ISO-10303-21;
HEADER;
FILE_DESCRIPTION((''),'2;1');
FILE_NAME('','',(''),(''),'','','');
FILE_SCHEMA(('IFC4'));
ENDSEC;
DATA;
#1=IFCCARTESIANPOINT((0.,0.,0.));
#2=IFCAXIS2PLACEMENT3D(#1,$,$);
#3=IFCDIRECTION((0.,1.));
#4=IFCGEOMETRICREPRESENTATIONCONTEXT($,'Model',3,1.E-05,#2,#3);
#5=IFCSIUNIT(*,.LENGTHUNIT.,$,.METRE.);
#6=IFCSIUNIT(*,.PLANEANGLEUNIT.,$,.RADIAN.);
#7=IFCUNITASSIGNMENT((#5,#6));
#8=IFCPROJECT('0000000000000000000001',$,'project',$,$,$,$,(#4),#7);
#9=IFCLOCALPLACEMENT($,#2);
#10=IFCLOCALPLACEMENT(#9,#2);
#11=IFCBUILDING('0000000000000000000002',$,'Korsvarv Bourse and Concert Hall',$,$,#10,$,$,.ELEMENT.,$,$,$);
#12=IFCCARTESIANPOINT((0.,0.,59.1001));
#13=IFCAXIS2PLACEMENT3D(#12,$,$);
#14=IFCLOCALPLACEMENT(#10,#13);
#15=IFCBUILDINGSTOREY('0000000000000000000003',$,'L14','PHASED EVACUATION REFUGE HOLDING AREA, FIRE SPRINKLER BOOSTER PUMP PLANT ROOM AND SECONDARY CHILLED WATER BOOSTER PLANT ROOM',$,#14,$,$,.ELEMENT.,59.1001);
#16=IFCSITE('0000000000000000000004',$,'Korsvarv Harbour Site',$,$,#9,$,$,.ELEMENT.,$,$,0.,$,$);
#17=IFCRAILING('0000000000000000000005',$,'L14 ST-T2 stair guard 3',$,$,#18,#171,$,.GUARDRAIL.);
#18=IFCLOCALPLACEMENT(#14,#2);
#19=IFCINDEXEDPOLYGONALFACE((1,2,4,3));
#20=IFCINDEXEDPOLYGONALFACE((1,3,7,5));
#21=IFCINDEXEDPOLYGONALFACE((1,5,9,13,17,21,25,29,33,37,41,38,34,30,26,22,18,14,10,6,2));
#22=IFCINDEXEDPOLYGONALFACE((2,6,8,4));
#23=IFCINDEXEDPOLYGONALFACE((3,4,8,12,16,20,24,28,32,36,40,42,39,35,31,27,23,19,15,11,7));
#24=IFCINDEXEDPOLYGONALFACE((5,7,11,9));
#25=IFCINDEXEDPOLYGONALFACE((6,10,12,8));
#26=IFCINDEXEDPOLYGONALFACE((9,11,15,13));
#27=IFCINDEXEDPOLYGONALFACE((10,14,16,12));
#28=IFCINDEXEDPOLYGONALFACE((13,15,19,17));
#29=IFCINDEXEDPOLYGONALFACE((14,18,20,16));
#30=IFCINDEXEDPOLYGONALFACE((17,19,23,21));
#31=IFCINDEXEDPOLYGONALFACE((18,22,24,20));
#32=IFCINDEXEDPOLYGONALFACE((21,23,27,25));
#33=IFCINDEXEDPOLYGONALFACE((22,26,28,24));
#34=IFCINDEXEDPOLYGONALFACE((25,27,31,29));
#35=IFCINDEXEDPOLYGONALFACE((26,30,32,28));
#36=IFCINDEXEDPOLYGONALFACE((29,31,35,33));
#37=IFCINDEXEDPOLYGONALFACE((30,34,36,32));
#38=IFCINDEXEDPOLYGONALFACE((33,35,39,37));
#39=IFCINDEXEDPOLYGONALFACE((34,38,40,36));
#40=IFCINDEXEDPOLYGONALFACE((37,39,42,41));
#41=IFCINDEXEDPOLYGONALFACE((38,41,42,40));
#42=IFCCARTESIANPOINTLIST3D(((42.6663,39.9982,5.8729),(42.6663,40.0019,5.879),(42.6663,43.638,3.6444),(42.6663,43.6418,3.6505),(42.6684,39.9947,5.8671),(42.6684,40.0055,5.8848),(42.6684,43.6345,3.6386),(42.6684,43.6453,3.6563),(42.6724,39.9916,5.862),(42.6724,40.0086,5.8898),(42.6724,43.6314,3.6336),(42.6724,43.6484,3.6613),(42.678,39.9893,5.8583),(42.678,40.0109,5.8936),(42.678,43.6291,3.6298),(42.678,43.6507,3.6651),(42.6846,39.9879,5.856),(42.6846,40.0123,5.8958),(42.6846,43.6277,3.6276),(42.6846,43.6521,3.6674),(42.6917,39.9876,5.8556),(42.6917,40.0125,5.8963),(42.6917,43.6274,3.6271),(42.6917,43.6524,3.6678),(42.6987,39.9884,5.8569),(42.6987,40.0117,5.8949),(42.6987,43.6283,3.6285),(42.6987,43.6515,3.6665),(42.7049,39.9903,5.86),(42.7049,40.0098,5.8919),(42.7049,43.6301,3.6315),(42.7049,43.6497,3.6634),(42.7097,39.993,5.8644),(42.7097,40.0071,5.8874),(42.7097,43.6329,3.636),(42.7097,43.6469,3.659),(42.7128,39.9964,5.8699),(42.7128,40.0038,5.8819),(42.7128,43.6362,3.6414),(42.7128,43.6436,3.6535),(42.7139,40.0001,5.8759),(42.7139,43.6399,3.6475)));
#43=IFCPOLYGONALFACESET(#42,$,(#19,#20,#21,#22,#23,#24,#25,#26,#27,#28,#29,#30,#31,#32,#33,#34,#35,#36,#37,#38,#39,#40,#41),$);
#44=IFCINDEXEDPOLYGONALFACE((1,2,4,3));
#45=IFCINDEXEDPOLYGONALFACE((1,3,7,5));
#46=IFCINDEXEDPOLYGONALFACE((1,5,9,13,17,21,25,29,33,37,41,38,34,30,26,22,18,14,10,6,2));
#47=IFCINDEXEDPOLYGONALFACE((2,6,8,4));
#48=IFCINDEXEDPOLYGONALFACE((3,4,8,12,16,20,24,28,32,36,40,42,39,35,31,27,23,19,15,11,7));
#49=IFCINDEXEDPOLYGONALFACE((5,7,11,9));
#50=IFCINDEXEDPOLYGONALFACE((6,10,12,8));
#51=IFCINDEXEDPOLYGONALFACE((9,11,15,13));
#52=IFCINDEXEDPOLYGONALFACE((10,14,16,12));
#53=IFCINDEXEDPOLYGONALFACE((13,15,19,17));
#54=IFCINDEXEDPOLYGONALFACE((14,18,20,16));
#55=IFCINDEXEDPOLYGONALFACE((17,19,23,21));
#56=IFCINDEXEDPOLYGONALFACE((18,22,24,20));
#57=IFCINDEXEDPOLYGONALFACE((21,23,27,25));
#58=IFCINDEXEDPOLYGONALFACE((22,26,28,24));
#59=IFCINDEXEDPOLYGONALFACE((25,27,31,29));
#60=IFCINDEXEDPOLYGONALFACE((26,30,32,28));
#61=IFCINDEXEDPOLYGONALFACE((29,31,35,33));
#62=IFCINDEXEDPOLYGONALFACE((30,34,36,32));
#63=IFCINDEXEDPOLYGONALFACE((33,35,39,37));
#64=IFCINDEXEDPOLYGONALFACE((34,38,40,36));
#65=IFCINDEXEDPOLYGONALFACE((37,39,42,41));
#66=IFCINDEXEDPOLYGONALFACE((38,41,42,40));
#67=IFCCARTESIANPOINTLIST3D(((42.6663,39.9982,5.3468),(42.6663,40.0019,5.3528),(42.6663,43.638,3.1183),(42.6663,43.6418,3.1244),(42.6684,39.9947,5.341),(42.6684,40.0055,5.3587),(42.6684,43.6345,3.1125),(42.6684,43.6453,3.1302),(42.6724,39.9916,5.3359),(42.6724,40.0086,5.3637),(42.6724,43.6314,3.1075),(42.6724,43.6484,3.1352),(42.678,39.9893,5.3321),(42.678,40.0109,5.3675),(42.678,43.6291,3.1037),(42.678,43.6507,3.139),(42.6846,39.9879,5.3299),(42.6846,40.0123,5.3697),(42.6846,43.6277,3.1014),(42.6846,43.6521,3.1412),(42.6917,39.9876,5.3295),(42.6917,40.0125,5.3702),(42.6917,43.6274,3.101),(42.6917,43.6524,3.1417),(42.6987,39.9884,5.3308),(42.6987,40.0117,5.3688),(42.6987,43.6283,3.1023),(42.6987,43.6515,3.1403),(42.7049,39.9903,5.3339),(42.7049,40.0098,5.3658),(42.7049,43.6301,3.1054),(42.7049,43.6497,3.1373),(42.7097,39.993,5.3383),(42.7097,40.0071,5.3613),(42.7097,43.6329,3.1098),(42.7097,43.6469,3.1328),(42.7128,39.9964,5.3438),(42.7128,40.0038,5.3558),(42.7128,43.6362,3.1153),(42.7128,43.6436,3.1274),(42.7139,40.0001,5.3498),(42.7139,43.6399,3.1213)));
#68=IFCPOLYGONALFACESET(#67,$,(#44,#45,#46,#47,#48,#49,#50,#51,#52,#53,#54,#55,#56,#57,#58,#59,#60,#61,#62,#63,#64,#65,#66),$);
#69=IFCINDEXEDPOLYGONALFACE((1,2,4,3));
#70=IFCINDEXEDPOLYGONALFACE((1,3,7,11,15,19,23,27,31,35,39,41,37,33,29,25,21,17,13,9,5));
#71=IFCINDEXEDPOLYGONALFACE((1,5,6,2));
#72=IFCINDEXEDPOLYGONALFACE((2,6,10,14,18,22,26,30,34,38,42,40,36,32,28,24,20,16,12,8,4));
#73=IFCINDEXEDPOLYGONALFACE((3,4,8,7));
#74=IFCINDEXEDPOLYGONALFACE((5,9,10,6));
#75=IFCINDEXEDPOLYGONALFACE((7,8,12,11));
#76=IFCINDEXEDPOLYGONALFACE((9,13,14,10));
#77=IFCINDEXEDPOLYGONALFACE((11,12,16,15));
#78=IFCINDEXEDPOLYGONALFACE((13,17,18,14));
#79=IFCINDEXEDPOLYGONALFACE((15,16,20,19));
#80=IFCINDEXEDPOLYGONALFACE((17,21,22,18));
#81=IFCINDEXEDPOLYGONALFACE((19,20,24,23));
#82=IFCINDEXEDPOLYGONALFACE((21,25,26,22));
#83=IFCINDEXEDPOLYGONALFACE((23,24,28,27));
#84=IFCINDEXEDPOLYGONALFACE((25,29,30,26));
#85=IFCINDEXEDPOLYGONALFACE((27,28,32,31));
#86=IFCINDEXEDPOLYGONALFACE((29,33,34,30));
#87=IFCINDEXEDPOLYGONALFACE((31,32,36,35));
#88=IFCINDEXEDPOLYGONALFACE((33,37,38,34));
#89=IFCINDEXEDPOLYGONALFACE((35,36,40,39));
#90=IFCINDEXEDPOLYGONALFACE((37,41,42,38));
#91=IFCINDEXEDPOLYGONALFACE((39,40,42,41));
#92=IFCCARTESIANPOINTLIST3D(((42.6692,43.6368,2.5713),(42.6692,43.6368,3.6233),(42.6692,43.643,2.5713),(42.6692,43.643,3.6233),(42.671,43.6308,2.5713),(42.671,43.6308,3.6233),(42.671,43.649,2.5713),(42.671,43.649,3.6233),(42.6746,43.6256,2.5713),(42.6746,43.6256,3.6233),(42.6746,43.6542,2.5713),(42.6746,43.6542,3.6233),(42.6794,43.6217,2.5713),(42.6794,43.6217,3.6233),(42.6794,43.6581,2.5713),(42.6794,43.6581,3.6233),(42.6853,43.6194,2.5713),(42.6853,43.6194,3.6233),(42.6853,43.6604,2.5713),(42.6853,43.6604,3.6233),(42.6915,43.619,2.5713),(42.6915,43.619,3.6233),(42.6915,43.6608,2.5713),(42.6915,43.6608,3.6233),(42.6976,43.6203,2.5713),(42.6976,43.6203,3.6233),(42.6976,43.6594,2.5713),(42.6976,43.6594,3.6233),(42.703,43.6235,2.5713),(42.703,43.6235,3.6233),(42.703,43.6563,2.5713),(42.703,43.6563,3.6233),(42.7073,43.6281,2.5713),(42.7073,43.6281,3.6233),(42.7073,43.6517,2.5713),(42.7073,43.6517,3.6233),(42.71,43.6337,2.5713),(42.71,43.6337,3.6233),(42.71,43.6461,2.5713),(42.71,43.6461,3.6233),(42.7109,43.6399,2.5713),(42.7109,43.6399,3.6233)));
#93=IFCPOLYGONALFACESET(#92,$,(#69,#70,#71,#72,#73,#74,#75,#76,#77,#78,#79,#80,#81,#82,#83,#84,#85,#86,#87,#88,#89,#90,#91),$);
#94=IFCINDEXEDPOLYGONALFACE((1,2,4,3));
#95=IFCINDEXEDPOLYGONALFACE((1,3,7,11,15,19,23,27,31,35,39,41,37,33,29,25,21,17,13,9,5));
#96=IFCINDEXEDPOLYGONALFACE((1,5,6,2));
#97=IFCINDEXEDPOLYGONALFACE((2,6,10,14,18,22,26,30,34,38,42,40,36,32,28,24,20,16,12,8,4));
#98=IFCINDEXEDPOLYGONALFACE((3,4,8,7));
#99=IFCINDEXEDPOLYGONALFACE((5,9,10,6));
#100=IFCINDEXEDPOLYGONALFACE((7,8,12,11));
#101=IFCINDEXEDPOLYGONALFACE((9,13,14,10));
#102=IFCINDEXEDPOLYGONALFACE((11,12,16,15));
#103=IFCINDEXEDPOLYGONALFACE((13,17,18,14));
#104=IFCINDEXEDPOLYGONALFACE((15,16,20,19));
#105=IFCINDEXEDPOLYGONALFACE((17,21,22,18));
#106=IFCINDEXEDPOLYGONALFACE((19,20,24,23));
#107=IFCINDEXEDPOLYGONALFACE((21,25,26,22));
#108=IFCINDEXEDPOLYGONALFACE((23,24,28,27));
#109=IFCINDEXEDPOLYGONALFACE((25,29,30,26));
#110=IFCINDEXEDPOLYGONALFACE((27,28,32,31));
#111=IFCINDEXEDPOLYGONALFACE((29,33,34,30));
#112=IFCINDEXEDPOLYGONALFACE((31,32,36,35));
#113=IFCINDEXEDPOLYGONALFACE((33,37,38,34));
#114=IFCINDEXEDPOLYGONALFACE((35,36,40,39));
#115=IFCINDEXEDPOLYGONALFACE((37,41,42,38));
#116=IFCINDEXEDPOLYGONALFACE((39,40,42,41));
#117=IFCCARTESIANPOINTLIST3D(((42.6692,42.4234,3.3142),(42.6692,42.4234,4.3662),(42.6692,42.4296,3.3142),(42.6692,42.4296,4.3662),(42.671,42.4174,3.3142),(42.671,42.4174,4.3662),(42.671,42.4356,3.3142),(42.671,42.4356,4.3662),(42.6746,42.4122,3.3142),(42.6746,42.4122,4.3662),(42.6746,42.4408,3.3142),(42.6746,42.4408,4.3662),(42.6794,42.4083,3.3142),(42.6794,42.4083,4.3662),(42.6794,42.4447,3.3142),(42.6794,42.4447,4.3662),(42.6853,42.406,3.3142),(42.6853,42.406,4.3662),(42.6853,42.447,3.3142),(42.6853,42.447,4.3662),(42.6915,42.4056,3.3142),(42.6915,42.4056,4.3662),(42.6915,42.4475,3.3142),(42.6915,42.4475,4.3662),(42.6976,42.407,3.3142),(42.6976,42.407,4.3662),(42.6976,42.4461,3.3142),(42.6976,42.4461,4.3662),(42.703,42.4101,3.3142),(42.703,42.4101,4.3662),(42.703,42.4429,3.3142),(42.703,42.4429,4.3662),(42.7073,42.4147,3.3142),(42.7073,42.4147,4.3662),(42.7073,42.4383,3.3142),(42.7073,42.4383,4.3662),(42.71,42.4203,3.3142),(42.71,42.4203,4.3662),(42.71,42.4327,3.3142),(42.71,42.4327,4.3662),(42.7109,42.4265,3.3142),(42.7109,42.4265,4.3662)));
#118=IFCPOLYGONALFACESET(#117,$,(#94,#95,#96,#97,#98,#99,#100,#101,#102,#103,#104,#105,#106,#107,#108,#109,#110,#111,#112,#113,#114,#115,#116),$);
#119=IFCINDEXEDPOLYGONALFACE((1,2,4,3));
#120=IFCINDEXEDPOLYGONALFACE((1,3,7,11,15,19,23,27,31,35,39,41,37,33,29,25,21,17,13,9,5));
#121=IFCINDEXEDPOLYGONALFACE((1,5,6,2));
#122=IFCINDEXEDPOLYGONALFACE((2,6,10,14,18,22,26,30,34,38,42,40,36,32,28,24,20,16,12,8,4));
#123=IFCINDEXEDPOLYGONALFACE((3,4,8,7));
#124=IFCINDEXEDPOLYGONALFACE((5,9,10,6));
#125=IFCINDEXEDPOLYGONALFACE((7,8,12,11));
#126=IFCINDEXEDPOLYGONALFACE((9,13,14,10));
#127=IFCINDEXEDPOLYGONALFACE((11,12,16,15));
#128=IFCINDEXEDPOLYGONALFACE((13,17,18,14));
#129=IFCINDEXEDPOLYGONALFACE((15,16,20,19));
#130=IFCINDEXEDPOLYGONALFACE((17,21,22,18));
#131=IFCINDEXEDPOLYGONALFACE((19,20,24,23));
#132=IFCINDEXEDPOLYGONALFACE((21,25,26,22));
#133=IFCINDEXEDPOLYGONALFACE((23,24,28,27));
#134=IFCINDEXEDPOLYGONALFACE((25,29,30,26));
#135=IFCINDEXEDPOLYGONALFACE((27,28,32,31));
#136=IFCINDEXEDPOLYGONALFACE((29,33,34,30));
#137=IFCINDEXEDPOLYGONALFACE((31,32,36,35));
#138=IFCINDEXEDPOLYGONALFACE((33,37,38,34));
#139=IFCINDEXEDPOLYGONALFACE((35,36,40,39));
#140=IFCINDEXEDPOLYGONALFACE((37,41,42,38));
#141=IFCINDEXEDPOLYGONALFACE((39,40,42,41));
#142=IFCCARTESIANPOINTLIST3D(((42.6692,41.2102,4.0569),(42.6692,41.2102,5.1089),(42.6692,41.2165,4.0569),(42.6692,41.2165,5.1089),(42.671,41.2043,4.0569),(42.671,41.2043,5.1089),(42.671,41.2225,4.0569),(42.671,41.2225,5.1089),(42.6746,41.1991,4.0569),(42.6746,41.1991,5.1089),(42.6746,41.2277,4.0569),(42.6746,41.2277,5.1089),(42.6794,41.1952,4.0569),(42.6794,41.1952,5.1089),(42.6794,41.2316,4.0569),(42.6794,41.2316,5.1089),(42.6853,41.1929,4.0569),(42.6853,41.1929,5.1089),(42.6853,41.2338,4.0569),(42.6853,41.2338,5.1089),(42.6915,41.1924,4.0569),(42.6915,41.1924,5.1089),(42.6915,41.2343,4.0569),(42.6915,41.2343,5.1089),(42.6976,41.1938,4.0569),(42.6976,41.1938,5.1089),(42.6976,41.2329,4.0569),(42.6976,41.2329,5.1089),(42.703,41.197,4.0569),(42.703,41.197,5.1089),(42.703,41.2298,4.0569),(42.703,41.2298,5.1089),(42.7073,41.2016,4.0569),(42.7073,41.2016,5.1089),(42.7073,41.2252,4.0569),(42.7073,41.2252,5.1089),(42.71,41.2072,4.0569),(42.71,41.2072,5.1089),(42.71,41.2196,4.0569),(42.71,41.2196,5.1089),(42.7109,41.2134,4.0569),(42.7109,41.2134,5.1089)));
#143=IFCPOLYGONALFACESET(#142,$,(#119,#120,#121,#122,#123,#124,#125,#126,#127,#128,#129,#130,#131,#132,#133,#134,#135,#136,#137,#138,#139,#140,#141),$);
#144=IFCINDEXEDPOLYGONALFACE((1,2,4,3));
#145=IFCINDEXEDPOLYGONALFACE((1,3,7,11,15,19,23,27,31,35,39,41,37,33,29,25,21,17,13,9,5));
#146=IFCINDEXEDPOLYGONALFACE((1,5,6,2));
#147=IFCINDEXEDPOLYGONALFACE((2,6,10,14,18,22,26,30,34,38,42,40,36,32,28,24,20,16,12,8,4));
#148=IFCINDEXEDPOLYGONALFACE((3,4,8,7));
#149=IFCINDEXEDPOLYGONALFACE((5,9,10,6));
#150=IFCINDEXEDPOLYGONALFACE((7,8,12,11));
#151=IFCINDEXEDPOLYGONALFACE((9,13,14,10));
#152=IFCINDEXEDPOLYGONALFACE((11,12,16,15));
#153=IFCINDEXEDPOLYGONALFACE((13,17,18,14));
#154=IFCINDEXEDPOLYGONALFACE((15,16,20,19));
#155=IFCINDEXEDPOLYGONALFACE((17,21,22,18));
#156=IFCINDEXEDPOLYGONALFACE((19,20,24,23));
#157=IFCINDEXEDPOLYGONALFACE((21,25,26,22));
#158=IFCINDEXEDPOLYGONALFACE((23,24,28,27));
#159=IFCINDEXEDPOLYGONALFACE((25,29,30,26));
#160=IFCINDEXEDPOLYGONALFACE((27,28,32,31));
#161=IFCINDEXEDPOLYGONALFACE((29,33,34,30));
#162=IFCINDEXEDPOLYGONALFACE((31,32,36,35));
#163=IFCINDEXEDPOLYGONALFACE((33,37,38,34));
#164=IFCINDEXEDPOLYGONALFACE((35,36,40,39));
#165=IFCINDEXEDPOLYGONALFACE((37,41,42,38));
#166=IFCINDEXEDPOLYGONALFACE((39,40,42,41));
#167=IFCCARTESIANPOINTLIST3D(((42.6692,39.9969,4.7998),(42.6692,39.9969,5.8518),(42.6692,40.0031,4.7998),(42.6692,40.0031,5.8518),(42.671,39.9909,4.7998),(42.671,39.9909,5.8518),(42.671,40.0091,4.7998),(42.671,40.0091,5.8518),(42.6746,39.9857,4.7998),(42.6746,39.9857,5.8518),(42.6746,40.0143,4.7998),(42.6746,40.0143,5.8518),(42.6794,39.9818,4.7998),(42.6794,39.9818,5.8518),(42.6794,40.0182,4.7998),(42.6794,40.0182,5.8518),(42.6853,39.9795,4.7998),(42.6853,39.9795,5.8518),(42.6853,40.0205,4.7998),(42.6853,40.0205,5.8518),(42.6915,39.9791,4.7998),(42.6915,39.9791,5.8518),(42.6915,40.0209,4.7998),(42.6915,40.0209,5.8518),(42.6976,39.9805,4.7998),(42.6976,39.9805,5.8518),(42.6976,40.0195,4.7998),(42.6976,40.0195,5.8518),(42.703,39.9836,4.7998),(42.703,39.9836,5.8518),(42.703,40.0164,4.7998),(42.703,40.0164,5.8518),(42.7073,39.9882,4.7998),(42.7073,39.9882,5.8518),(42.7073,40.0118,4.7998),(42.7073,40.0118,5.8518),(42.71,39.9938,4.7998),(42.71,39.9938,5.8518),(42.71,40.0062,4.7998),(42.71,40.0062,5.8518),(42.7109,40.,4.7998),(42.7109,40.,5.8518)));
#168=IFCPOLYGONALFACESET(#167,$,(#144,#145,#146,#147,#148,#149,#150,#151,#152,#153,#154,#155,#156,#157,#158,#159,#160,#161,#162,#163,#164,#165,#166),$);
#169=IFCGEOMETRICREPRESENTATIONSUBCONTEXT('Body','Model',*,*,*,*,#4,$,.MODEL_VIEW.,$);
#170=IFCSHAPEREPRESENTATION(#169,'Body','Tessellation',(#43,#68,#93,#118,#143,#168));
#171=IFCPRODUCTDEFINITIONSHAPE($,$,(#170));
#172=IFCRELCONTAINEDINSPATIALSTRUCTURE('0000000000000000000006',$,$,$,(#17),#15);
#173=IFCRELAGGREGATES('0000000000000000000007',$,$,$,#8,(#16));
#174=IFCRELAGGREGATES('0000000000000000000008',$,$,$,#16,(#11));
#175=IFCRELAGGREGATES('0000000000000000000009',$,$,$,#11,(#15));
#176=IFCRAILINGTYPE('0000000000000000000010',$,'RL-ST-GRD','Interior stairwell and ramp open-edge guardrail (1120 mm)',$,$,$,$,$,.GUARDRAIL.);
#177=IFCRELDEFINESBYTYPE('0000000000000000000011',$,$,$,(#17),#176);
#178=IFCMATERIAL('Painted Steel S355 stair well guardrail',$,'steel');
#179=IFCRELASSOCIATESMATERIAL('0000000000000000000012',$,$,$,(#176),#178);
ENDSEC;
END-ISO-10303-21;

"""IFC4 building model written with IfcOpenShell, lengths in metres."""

from ifc_helpers import new_model, si_unit, direction, frame, origin, origin_2d, place, context, subcontext, project, spatial, circle, extrude, material, type_object, element, save


model = new_model("IFC4")

# Units and contexts
model_context = context("Model", 3, precision=1e-05, world=origin(), true_north=direction((0.0, 1.0)))
body_context = subcontext(model_context, "Body", "Model", "MODEL_VIEW")
ifc_project = project(units=[si_unit("LENGTHUNIT", "METRE"), si_unit("PLANEANGLEUNIT", "RADIAN")], contexts=[model_context])

# Site, building, storey
site_placement = place(None, origin())
site = spatial("IfcSite", under=ifc_project, at=site_placement, Name="Korsvarv Harbour Site", CompositionType="ELEMENT", RefElevation=0.0)
building_placement = place(site_placement, origin())
building = spatial("IfcBuilding", under=site, at=building_placement, Name="Korsvarv Bourse and Concert Hall", CompositionType="ELEMENT")
storey_placement = place(building_placement, frame((0.0, 0.0, 59.1001)))
storey = spatial("IfcBuildingStorey", under=building, at=storey_placement, Name="L14", Description="PHASED EVACUATION REFUGE HOLDING AREA, FIRE SPRINKLER BOOSTER PUMP PLANT ROOM AND SECONDARY CHILLED WATER BOOSTER PLANT ROOM", CompositionType="ELEMENT", Elevation=59.1001)

# Railing
ifc_material_1 = material(Name="Painted Steel S355 stair well guardrail", Category="steel")
railing_type_1 = type_object("IfcRailingType", Name="RL-ST-GRD", Description="Interior stairwell and ramp open-edge guardrail (1120 mm)", PredefinedType="GUARDRAIL", material=ifc_material_1)
railing_1_placement = place(storey_placement, frame((42.6899, 43.6399, 2.5713)))
element("IfcRailing", 1, at=railing_1_placement, inside=storey, type_object=railing_type_1, Name="L14 ST-T2 stair guard 3", PredefinedType="GUARDRAIL", context=body_context, shape_type="SweptSolid", body=[
    extrude(circle(Radius=0.0239, at=origin_2d()), frame((0.0, 0.0, 1.0762), z_axis=(0.0, -0.85285, 0.522156), x_axis=(1.0, 0.0, 0.0)), (0.0, 0.0, 1.0), 4.2678),
    extrude(circle(Radius=0.0239, at=origin_2d()), frame((0.0, 0.0, 0.55), z_axis=(0.0, -0.85285, 0.522156), x_axis=(1.0, 0.0, 0.0)), (0.0, 0.0, 1.0), 4.2678),
    extrude(circle(Radius=0.021, at=origin_2d()), origin(), (0.0, 0.0, 1.0), 1.052),
    extrude(circle(Radius=0.021, at=origin_2d()), frame((0.0, -1.2134, 0.7429)), (0.0, 0.0, 1.0), 1.052),
    extrude(circle(Radius=0.021, at=origin_2d()), frame((0.0, -2.4265, 1.4856)), (0.0, 0.0, 1.0), 1.052),
    extrude(circle(Radius=0.021, at=origin_2d()), frame((0.0, -3.6399, 2.2285)), (0.0, 0.0, 1.0), 1.052),
])

save(model, "model.ifc")
